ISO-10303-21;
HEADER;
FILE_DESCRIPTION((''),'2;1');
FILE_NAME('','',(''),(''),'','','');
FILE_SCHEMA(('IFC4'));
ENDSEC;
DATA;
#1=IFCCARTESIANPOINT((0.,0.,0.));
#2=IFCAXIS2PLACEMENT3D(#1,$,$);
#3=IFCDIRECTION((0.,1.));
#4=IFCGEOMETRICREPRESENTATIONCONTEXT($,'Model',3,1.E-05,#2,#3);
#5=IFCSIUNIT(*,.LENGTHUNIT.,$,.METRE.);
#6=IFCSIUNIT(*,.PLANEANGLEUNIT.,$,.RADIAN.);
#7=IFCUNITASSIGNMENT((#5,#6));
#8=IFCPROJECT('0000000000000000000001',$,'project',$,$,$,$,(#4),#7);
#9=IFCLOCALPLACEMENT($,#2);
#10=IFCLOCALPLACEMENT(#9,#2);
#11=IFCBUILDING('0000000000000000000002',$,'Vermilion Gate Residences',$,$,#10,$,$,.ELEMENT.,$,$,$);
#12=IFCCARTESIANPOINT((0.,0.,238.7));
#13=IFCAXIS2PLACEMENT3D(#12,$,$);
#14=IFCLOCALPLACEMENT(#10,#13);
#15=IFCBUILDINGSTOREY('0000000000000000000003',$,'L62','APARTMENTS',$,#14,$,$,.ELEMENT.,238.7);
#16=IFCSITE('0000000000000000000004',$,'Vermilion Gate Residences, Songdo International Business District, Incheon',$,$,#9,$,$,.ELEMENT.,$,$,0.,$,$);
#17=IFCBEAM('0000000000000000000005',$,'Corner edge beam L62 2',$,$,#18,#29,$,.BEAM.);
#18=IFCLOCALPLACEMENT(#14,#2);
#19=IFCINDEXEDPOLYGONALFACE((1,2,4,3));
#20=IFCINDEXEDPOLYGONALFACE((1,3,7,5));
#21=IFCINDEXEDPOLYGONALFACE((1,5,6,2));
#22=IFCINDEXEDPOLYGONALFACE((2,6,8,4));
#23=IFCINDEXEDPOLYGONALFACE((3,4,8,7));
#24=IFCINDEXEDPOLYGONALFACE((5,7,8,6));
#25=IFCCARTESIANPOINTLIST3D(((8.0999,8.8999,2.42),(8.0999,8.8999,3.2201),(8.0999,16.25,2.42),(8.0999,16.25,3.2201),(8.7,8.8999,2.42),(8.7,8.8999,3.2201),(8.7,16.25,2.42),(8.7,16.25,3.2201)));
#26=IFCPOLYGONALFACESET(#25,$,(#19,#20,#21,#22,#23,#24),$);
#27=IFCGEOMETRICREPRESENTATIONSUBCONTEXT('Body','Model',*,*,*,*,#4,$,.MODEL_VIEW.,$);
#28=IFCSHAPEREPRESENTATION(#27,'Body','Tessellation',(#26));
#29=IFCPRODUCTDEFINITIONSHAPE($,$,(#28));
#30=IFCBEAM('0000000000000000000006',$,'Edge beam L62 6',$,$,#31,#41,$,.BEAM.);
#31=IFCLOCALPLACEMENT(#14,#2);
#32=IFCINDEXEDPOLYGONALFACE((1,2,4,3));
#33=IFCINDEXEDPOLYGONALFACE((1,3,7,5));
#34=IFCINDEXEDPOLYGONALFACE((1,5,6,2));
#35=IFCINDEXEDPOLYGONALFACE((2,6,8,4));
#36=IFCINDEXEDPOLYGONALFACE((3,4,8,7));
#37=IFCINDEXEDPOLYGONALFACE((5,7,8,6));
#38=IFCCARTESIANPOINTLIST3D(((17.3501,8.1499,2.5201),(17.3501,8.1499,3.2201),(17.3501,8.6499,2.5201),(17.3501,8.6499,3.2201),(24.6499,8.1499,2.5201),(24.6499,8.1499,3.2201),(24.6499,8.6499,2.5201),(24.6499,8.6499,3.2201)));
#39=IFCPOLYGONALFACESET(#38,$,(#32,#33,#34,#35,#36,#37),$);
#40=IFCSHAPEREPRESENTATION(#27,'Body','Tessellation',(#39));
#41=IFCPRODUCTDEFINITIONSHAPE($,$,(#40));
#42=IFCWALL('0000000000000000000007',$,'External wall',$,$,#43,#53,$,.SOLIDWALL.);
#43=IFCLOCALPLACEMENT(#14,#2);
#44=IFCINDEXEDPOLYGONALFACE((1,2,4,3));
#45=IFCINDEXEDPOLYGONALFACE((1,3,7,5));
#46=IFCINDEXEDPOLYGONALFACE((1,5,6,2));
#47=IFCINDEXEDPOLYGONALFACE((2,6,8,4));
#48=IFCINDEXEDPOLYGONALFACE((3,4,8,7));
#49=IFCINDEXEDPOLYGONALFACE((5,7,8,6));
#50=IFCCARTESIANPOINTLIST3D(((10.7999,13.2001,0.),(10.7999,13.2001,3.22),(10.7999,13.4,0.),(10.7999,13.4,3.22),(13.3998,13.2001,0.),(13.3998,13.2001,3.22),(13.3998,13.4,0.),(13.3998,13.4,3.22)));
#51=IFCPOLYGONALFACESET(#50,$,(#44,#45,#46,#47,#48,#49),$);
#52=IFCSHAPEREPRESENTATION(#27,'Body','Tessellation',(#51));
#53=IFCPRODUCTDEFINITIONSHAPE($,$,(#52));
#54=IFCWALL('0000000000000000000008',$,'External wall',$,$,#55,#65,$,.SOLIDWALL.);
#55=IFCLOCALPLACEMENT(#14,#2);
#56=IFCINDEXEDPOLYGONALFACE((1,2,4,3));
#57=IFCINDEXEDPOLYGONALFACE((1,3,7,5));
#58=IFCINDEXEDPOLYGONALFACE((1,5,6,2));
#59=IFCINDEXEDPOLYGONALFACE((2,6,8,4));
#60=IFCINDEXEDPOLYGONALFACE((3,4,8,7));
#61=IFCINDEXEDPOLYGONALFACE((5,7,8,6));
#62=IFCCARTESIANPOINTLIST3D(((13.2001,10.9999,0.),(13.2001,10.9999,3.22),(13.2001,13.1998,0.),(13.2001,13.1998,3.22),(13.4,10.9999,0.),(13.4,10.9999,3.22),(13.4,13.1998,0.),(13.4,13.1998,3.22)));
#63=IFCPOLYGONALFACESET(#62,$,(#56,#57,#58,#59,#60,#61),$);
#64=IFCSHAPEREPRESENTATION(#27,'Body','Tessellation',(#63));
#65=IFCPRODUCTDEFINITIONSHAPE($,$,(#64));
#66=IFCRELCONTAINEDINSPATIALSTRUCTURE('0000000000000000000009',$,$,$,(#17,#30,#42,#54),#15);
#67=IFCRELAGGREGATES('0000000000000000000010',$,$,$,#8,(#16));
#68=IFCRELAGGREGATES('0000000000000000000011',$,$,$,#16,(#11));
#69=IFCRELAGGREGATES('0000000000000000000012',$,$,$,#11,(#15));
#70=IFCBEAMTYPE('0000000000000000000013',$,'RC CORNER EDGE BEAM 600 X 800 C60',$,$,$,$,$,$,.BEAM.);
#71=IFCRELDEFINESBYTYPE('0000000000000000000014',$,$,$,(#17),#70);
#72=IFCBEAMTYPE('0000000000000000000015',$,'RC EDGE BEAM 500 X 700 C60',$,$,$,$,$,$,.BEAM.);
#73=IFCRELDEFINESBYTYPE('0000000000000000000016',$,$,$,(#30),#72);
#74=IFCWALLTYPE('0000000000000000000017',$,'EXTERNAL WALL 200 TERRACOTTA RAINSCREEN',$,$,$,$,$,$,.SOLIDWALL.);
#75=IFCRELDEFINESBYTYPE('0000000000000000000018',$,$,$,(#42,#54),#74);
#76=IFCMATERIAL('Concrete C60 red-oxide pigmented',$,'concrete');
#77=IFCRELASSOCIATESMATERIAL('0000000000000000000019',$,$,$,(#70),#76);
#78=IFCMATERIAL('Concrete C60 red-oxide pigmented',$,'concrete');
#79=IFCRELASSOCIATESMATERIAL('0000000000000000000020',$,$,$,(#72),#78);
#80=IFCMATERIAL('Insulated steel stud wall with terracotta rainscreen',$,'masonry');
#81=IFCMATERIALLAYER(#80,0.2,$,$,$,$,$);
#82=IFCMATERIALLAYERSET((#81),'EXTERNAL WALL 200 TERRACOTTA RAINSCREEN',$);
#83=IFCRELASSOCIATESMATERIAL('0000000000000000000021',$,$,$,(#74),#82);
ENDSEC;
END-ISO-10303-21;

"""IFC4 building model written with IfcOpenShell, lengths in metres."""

from ifc_helpers import new_model, si_unit, direction, frame, frame_2d, origin, origin_2d, place, context, subcontext, project, spatial, rectangle, extrude, material, layer, layer_set, material_profile, profile_set, type_object, element, save


model = new_model("IFC4")

# Units and contexts
model_context = context("Model", 3, precision=1e-05, world=origin(), true_north=direction((0.0, 1.0)))
body_context = subcontext(model_context, "Body", "Model", "MODEL_VIEW")
ifc_project = project(units=[si_unit("LENGTHUNIT", "METRE"), si_unit("PLANEANGLEUNIT", "RADIAN")], contexts=[model_context])

# Site, building, storey
site_placement = place(None, origin())
site = spatial("IfcSite", under=ifc_project, at=site_placement, Name="Vermilion Gate Residences, Songdo International Business District, Incheon", CompositionType="ELEMENT", RefElevation=0.0)
building_placement = place(site_placement, origin())
building = spatial("IfcBuilding", under=site, at=building_placement, Name="Vermilion Gate Residences", CompositionType="ELEMENT")
storey_placement = place(building_placement, frame((0.0, 0.0, 238.7)))
storey = spatial("IfcBuildingStorey", under=building, at=storey_placement, Name="L62", Description="APARTMENTS", CompositionType="ELEMENT", Elevation=238.7)

# Beams
ifc_material_1 = material(Name="Concrete C60 red-oxide pigmented", Category="concrete")
ifc_material_profile_1 = material_profile(ifc_material_1, rectangle(XDim=0.6001, YDim=0.8, at=origin_2d()), Name="RC-600x800")
ifc_profile_set_1 = profile_set([ifc_material_profile_1], Name="Concrete C60 red-oxide pigmented")
beam_type_1 = type_object("IfcBeamType", Name="RC CORNER EDGE BEAM 600 X 800 C60", PredefinedType="BEAM", material=ifc_profile_set_1)
beam_1_placement = place(storey_placement, frame((8.3999, 8.8999, 2.8201), z_axis=(0.0, 1.0, 0.0), x_axis=(-1.0, 0.0, 0.0)))
element("IfcBeam", 1, at=beam_1_placement, inside=storey, type_object=beam_type_1, Name="Corner edge beam L62 2", PredefinedType="BEAM", context=body_context, shape_type="SweptSolid", body=[
    extrude(rectangle(XDim=0.6001, YDim=0.8, at=origin_2d()), origin(), (0.0, 0.0, 1.0), 7.3501),
])
ifc_material_2 = material(Name="Concrete C60 red-oxide pigmented", Category="concrete")
ifc_material_profile_2 = material_profile(ifc_material_2, rectangle(XDim=0.5, YDim=0.7, at=origin_2d()), Name="RC-500x700")
ifc_profile_set_2 = profile_set([ifc_material_profile_2], Name="Concrete C60 red-oxide pigmented")
beam_type_2 = type_object("IfcBeamType", Name="RC EDGE BEAM 500 X 700 C60", PredefinedType="BEAM", material=ifc_profile_set_2)
beam_2_placement = place(storey_placement, frame((17.3501, 8.3999, 2.8701), z_axis=(1.0, 0.0, 0.0), x_axis=(0.0, 1.0, 0.0)))
element("IfcBeam", 2, at=beam_2_placement, inside=storey, type_object=beam_type_2, Name="Edge beam L62 6", PredefinedType="BEAM", context=body_context, shape_type="SweptSolid", body=[
    extrude(rectangle(XDim=0.5, YDim=0.7, at=origin_2d()), origin(), (0.0, 0.0, 1.0), 7.2998),
])

# Walls
ifc_material_3 = material(Name="Insulated steel stud wall with terracotta rainscreen", Category="masonry")
ifc_layer_1 = layer(ifc_material_3, 0.2)
ifc_layer_set_1 = layer_set([ifc_layer_1], Name="EXTERNAL WALL 200 TERRACOTTA RAINSCREEN")
wall_type_1 = type_object("IfcWallType", Name="EXTERNAL WALL 200 TERRACOTTA RAINSCREEN", PredefinedType="SOLIDWALL", material=ifc_layer_set_1)
wall_1_placement = place(storey_placement, frame((10.8, 13.3, 0.0), z_axis=(0.0, 0.0, 1.0), x_axis=(1.0, 0.0, 0.0)))
element("IfcWall", 3, at=wall_1_placement, inside=storey, type_object=wall_type_1, Name="External wall", PredefinedType="SOLIDWALL", context=body_context, shape_type="SweptSolid", body=[
    extrude(rectangle(XDim=2.5999, YDim=0.2, at=frame_2d((1.2998, 0.0))), origin(), (0.0, 0.0, 1.0), 3.22),
])
wall_2_placement = place(storey_placement, frame((13.3, 13.2, 0.0), z_axis=(0.0, 0.0, 1.0), x_axis=(0.0, -1.0, 0.0)))
element("IfcWall", 4, at=wall_2_placement, inside=storey, type_object=wall_type_1, Name="External wall", PredefinedType="SOLIDWALL", context=body_context, shape_type="SweptSolid", body=[
    extrude(rectangle(XDim=2.2, YDim=0.2, at=frame_2d((1.1001, 0.0))), origin(), (0.0, 0.0, 1.0), 3.22),
])

save(model, "model.ifc")
